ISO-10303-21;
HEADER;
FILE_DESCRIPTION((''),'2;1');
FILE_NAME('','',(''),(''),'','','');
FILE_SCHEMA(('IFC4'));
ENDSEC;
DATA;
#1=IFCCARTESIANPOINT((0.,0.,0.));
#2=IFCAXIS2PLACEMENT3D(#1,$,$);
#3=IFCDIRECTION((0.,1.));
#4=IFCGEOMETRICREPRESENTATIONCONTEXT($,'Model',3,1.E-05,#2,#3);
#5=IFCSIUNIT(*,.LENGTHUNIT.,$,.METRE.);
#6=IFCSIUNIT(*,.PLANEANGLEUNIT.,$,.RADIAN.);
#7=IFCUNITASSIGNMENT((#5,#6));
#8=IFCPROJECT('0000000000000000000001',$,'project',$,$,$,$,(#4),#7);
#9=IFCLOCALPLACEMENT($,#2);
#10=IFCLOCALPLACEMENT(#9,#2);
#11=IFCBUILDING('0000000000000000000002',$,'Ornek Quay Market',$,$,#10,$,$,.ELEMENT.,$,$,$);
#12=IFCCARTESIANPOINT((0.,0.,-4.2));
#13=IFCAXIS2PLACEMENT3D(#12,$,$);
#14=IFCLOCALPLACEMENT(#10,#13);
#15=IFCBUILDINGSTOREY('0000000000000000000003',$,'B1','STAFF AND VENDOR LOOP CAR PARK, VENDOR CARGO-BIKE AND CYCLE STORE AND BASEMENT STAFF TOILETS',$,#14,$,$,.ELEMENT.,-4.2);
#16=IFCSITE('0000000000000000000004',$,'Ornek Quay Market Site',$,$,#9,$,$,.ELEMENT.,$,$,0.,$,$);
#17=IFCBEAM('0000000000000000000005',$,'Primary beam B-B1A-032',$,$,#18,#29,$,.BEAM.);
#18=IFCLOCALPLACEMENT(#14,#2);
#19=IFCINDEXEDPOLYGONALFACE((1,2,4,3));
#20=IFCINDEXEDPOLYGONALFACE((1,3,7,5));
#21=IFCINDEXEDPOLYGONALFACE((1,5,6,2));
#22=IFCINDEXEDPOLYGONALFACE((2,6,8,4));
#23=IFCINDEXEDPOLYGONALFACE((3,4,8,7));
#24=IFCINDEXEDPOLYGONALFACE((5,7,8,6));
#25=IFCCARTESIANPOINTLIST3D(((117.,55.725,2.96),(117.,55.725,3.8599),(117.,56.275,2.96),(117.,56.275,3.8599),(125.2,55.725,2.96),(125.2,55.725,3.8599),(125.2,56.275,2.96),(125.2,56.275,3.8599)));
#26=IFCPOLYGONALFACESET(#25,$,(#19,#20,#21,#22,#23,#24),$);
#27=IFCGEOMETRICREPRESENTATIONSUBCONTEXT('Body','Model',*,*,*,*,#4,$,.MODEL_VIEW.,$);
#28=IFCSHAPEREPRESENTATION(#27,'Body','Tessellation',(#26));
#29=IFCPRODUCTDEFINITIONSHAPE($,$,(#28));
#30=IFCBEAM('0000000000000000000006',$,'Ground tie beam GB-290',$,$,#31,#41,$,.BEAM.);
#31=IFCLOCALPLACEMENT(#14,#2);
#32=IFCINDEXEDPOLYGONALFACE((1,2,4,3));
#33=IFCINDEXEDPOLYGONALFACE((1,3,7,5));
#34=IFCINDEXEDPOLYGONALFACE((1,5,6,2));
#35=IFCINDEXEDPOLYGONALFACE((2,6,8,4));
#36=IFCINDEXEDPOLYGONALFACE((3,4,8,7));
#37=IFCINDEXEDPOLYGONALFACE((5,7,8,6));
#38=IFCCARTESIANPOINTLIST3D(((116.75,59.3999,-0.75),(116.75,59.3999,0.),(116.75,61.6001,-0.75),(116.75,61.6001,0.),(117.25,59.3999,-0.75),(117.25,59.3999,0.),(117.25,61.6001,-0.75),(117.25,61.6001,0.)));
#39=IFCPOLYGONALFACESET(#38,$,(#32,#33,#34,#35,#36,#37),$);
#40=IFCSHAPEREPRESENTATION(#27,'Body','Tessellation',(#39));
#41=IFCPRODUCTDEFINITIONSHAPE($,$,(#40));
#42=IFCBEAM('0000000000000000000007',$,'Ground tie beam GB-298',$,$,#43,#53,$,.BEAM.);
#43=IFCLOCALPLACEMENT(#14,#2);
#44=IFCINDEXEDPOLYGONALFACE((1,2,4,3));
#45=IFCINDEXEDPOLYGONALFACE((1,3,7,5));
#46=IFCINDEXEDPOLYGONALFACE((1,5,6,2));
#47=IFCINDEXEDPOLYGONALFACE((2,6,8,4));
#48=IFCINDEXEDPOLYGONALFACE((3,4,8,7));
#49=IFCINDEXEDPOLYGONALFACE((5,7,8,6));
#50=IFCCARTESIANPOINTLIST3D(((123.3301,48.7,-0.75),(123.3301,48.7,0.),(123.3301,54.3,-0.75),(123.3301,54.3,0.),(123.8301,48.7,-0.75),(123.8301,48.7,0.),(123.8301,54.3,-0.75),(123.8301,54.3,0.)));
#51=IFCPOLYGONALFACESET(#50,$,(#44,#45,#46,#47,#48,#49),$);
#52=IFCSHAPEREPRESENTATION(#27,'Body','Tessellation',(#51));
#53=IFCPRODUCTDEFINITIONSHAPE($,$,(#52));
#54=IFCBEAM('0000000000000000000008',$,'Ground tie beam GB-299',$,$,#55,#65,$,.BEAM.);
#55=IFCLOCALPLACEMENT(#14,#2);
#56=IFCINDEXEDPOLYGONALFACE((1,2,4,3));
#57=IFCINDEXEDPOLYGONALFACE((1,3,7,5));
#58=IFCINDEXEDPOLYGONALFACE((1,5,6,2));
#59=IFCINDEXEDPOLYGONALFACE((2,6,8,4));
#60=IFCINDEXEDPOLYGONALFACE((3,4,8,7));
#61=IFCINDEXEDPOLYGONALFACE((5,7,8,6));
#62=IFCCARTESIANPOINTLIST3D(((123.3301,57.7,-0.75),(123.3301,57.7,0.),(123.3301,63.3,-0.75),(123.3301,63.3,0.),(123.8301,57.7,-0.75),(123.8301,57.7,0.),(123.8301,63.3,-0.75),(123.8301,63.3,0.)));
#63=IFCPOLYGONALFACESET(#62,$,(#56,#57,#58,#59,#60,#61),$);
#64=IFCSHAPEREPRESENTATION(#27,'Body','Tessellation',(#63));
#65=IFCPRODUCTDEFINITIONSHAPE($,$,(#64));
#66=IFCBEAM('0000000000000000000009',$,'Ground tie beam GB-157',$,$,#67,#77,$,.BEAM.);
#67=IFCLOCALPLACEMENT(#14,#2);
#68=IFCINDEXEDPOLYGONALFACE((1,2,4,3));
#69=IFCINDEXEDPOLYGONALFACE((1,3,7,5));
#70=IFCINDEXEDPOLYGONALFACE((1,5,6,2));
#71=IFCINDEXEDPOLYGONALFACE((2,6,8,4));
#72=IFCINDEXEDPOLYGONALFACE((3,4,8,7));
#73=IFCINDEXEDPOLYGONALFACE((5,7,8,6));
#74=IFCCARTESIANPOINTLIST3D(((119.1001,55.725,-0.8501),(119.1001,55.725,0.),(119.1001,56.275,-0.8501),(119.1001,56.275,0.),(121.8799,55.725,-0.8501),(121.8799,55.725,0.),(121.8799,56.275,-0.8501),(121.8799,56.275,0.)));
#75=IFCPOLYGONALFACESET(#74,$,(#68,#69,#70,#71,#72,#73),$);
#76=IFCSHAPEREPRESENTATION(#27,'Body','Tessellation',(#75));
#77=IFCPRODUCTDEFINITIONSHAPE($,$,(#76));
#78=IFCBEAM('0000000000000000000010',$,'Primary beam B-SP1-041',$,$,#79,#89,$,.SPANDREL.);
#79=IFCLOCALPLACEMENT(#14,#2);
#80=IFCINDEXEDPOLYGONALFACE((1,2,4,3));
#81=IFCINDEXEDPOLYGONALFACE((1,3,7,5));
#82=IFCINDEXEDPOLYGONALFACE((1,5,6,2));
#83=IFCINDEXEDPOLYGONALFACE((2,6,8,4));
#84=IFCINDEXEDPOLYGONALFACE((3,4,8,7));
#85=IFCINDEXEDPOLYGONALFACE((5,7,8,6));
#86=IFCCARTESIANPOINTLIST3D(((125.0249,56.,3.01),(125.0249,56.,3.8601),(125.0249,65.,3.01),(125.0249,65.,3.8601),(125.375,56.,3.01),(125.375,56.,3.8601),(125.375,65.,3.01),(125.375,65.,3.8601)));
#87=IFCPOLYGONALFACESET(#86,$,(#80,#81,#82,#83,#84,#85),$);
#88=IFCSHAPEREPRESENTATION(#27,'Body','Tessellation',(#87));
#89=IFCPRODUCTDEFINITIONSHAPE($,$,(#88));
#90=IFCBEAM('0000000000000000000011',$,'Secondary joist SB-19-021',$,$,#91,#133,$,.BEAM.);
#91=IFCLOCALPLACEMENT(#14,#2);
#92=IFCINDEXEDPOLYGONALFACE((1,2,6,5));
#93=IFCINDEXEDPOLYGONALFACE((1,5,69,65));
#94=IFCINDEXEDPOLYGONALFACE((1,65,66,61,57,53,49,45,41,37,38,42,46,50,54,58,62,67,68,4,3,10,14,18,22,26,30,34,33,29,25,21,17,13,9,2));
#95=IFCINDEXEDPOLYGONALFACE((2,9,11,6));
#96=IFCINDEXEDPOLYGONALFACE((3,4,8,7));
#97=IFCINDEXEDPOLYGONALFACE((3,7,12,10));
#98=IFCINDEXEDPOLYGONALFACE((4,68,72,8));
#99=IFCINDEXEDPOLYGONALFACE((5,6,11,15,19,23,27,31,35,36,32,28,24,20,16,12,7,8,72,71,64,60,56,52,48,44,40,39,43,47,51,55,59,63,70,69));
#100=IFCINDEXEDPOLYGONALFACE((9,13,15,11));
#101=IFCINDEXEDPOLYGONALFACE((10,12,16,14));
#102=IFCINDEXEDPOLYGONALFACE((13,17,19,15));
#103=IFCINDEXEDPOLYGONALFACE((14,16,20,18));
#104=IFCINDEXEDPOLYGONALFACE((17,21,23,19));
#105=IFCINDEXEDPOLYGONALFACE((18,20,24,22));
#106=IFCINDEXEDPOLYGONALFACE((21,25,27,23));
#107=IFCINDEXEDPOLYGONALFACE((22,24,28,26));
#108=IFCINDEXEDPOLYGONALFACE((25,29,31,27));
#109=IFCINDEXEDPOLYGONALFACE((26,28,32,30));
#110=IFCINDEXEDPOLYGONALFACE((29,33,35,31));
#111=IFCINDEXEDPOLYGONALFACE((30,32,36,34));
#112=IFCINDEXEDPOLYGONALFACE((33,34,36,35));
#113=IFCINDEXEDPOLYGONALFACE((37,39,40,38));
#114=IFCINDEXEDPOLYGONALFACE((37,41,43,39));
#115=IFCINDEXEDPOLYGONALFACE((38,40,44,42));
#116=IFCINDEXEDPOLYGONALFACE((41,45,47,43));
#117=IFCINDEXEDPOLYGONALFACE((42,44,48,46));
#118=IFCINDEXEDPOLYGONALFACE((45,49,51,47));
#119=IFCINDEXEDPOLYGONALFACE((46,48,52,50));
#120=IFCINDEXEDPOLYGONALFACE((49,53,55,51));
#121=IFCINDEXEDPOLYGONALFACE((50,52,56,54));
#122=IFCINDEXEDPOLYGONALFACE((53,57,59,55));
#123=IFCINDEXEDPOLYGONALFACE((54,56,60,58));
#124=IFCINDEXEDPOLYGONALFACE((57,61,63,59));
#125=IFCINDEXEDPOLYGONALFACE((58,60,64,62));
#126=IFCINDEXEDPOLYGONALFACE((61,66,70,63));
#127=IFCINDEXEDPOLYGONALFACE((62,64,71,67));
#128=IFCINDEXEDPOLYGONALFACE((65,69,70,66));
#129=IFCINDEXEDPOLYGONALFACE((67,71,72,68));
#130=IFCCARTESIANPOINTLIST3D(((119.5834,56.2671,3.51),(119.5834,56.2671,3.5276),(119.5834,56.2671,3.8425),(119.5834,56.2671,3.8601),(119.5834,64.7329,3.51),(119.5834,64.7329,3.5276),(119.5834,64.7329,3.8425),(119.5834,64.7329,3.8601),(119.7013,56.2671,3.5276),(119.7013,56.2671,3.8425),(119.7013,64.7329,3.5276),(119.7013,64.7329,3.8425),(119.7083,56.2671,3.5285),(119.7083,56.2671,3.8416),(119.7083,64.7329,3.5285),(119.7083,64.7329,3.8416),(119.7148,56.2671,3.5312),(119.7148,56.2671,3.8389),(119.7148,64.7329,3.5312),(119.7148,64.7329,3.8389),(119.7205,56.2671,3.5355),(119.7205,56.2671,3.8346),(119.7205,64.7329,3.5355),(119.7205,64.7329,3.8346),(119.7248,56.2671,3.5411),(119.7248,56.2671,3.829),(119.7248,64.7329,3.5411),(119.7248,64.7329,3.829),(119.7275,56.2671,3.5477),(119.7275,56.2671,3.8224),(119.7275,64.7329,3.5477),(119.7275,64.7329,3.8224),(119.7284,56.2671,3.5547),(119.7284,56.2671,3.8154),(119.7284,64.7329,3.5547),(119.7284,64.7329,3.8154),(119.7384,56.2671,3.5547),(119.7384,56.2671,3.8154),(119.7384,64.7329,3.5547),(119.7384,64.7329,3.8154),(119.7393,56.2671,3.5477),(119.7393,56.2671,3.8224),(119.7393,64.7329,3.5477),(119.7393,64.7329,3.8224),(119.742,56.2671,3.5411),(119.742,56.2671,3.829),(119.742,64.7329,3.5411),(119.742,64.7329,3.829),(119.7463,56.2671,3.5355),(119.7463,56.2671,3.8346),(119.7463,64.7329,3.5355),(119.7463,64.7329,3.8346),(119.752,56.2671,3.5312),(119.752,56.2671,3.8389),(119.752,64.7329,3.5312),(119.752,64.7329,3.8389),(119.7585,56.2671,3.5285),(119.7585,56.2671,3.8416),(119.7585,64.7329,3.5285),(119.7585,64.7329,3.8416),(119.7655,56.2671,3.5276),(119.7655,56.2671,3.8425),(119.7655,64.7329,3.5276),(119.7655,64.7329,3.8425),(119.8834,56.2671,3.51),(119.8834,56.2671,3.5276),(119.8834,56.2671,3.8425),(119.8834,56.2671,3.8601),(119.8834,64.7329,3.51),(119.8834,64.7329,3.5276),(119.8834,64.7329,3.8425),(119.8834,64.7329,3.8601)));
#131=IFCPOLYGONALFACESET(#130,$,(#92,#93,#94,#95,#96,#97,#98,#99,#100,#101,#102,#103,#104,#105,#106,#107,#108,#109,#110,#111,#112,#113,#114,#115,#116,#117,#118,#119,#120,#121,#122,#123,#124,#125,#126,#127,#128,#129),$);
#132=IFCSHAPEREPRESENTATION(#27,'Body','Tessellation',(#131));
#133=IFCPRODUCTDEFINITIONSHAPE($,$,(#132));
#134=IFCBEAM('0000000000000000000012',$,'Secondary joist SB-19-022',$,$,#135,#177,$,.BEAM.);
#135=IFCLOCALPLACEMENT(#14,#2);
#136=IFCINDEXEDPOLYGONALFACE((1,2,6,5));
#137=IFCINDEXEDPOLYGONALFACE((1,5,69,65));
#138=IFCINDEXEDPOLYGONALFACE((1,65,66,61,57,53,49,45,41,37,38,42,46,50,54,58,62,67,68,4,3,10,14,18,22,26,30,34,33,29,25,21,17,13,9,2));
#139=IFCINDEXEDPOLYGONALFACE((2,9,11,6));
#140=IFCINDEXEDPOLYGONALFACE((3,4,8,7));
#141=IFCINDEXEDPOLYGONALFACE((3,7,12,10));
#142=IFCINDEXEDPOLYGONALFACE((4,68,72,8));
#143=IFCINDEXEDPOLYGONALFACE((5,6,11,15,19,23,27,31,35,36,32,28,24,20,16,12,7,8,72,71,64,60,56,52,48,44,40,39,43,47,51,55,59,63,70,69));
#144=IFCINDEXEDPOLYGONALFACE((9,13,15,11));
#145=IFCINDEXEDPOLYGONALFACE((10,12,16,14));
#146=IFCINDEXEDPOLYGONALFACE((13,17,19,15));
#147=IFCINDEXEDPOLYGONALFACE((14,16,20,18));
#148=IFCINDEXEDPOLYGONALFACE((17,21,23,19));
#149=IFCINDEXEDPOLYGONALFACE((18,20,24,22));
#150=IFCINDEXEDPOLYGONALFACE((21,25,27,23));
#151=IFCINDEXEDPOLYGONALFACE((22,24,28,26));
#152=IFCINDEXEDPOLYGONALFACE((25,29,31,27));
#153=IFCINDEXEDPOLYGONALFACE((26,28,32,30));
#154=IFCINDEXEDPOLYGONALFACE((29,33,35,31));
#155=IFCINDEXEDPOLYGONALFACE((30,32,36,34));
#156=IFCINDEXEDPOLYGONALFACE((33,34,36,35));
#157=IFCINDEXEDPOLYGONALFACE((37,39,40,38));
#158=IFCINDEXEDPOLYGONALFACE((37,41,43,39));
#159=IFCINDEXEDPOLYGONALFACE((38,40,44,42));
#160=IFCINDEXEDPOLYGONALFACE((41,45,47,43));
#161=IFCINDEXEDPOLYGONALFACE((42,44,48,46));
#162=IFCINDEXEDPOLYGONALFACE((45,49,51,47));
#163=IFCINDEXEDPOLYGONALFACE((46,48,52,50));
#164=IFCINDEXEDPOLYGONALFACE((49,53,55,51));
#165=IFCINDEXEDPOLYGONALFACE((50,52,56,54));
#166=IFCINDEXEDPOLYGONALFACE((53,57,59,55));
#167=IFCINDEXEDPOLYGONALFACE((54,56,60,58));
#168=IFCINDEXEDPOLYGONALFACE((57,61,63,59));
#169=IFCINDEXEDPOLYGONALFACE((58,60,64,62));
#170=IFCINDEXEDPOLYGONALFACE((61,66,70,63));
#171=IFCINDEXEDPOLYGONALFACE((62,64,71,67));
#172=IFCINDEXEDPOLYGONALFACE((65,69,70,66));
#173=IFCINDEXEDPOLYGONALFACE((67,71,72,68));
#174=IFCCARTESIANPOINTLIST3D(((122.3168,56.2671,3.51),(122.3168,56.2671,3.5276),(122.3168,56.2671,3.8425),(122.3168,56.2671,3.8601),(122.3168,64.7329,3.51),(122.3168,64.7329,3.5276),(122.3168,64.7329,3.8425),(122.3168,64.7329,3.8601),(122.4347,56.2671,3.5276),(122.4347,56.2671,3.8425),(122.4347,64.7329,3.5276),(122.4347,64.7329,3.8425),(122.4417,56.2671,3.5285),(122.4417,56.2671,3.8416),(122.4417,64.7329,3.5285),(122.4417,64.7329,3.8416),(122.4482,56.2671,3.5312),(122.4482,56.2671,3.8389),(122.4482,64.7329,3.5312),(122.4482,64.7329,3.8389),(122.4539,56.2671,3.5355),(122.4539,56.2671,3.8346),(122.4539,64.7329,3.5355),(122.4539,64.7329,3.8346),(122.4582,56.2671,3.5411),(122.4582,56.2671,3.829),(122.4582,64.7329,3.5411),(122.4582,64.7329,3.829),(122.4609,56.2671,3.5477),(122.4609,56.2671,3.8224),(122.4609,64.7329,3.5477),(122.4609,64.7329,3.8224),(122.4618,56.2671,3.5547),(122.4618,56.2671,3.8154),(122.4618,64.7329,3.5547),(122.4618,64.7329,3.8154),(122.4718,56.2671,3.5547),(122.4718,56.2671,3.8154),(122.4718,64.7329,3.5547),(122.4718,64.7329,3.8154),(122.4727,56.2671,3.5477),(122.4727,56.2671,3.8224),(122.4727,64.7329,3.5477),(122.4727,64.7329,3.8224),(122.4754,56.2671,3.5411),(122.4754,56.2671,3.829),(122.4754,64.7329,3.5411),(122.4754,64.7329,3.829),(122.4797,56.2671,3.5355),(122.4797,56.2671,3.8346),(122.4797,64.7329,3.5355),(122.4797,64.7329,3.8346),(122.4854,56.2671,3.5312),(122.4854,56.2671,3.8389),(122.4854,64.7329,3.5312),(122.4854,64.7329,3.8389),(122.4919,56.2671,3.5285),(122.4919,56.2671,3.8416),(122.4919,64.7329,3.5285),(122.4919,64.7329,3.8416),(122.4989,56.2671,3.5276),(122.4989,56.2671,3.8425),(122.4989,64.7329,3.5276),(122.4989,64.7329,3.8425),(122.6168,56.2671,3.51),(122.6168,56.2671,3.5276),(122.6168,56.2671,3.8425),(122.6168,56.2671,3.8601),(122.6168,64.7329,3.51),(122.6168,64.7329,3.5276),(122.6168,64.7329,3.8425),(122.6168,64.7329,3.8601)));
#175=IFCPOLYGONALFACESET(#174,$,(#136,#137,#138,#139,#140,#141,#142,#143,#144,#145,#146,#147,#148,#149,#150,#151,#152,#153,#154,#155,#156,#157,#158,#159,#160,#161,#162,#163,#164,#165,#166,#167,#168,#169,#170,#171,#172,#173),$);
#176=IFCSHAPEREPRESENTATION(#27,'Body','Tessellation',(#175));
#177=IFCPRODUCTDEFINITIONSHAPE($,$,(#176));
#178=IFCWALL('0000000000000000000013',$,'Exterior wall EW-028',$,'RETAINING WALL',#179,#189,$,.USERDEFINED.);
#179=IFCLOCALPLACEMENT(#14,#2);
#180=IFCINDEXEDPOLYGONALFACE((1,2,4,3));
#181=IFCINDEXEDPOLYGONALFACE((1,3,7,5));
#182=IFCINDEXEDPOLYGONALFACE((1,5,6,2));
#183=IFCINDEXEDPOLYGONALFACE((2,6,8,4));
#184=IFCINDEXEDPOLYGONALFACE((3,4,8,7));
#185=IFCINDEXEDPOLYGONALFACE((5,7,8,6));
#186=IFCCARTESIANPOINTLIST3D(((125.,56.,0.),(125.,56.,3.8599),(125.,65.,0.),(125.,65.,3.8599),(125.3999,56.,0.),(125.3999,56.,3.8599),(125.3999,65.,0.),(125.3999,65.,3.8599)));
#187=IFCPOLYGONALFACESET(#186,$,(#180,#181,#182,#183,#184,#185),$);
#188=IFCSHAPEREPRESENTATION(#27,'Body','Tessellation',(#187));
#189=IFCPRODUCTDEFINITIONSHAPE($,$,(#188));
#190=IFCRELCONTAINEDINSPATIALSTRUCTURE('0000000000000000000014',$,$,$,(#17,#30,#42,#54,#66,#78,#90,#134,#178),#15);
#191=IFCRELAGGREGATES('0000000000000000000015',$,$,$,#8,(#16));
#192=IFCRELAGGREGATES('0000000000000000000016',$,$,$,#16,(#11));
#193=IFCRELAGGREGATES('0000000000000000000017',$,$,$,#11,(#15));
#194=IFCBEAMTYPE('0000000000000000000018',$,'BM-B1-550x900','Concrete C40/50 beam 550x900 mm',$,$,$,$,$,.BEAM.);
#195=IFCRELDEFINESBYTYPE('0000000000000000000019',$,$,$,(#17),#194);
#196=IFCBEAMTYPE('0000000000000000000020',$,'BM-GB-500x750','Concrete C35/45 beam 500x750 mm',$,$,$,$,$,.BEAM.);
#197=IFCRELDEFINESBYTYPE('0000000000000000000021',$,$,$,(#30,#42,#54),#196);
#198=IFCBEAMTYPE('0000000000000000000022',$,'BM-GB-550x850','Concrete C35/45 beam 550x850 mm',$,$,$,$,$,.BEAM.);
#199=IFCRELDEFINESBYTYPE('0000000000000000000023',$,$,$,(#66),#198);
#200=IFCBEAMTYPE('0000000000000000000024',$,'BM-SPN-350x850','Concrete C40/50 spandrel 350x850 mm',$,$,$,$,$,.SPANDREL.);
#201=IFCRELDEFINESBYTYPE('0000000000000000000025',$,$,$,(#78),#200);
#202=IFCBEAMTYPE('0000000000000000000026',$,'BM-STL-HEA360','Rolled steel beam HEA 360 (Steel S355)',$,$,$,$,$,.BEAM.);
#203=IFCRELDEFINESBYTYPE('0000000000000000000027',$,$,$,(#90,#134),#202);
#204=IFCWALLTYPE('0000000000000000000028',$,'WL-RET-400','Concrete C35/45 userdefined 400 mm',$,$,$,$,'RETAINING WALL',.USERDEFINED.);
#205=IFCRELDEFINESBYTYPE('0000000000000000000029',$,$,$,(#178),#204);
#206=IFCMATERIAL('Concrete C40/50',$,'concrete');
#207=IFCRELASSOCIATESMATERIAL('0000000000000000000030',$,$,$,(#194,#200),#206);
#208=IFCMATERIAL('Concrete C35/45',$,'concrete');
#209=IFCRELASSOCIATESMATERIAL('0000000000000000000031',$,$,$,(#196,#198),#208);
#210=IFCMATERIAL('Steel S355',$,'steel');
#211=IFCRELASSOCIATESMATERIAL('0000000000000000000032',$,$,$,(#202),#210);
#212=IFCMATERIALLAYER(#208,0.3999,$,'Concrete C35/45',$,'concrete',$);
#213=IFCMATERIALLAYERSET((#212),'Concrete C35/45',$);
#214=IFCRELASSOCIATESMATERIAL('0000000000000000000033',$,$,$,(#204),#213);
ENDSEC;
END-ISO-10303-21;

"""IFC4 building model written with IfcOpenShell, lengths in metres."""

from ifc_helpers import new_model, si_unit, direction, frame, frame_2d, origin, origin_2d, place, context, subcontext, project, spatial, rectangle, i_section, extrude, material, layer, layer_set, material_profile, profile_set, type_object, element, save


model = new_model("IFC4")

# Units and contexts
model_context = context("Model", 3, precision=1e-05, world=origin(), true_north=direction((0.0, 1.0)))
body_context = subcontext(model_context, "Body", "Model", "MODEL_VIEW")
ifc_project = project(units=[si_unit("LENGTHUNIT", "METRE"), si_unit("PLANEANGLEUNIT", "RADIAN")], contexts=[model_context])

# Site, building, storey
site_placement = place(None, origin())
site = spatial("IfcSite", under=ifc_project, at=site_placement, Name="Ornek Quay Market Site", CompositionType="ELEMENT", RefElevation=0.0)
building_placement = place(site_placement, origin())
building = spatial("IfcBuilding", under=site, at=building_placement, Name="Ornek Quay Market", CompositionType="ELEMENT")
storey_placement = place(building_placement, frame((0.0, 0.0, -4.2)))
storey = spatial("IfcBuildingStorey", under=building, at=storey_placement, Name="B1", Description="STAFF AND VENDOR LOOP CAR PARK, VENDOR CARGO-BIKE AND CYCLE STORE AND BASEMENT STAFF TOILETS", CompositionType="ELEMENT", Elevation=-4.2)

# Shared definitions
ifc_material_1 = material(Name="Concrete C35/45", Category="concrete")

# Shared definitions
ifc_material_2 = material(Name="Concrete C40/50", Category="concrete")

# Beams
ifc_material_profile_1 = material_profile(ifc_material_2, rectangle(XDim=0.55, YDim=0.8999, at=origin_2d()), Name="RC 550x900", Category="concrete")
ifc_profile_set_1 = profile_set([ifc_material_profile_1], Name="Concrete C40/50")
beam_type_1 = type_object("IfcBeamType", Name="BM-B1-550x900", Description="Concrete C40/50 beam 550x900 mm", PredefinedType="BEAM", material=ifc_profile_set_1)
beam_1_placement = place(storey_placement, frame((117.0, 56.0, 3.4099), z_axis=(1.0, 0.0, 0.0), x_axis=(0.0, 1.0, 0.0)))
element("IfcBeam", 1, at=beam_1_placement, inside=storey, type_object=beam_type_1, Name="Primary beam B-B1A-032", PredefinedType="BEAM", context=body_context, shape_type="SweptSolid", body=[
    extrude(rectangle(XDim=0.55, YDim=0.8999, at=origin_2d()), origin(), (0.0, 0.0, 1.0), 8.2),
])
ifc_material_profile_2 = material_profile(ifc_material_1, rectangle(XDim=0.5, YDim=0.75, at=origin_2d()), Name="RC 500x750", Category="concrete")
ifc_profile_set_2 = profile_set([ifc_material_profile_2], Name="Concrete C35/45")
beam_type_2 = type_object("IfcBeamType", Name="BM-GB-500x750", Description="Concrete C35/45 beam 500x750 mm", PredefinedType="BEAM", material=ifc_profile_set_2)
beam_2_placement = place(storey_placement, frame((117.0, 59.3999, -0.375), z_axis=(0.0, 1.0, 0.0), x_axis=(-1.0, 0.0, 0.0)))
element("IfcBeam", 2, at=beam_2_placement, inside=storey, type_object=beam_type_2, Name="Ground tie beam GB-290", PredefinedType="BEAM", context=body_context, shape_type="SweptSolid", body=[
    extrude(rectangle(XDim=0.5, YDim=0.75, at=origin_2d()), origin(), (0.0, 0.0, 1.0), 2.2002),
])
for number, where, z_axis, x_axis, name in (
    (3, (123.5801, 48.7, -0.375), (0.0, 1.0, 0.0), (-1.0, 0.0, 0.0), "Ground tie beam GB-298"),
    (4, (123.5801, 57.7, -0.375), (0.0, 1.0, 0.0), (-1.0, 0.0, 0.0), "Ground tie beam GB-299"),
):
    element("IfcBeam", number, at=place(storey_placement, frame(where, z_axis=z_axis, x_axis=x_axis)), inside=storey, type_object=beam_type_2, Name=name, PredefinedType="BEAM", context=body_context, shape_type="SweptSolid", body=[
        extrude(rectangle(XDim=0.5, YDim=0.75, at=origin_2d()), origin(), (0.0, 0.0, 1.0), 5.6001),
    ])
ifc_material_profile_3 = material_profile(ifc_material_1, rectangle(XDim=0.55, YDim=0.8501, at=origin_2d()), Name="RC 550x850", Category="concrete")
ifc_profile_set_3 = profile_set([ifc_material_profile_3], Name="Concrete C35/45")
beam_type_3 = type_object("IfcBeamType", Name="BM-GB-550x850", Description="Concrete C35/45 beam 550x850 mm", PredefinedType="BEAM", material=ifc_profile_set_3)
beam_3_placement = place(storey_placement, frame((119.1001, 56.0, -0.425), z_axis=(1.0, 0.0, 0.0), x_axis=(0.0, 1.0, 0.0)))
element("IfcBeam", 5, at=beam_3_placement, inside=storey, type_object=beam_type_3, Name="Ground tie beam GB-157", PredefinedType="BEAM", context=body_context, shape_type="SweptSolid", body=[
    extrude(rectangle(XDim=0.55, YDim=0.8501, at=origin_2d()), origin(), (0.0, 0.0, 1.0), 2.7798),
])
ifc_material_profile_4 = material_profile(ifc_material_2, rectangle(XDim=0.3501, YDim=0.8501, at=origin_2d()), Name="RC 350x850", Category="concrete")
ifc_profile_set_4 = profile_set([ifc_material_profile_4], Name="Concrete C40/50")
beam_type_4 = type_object("IfcBeamType", Name="BM-SPN-350x850", Description="Concrete C40/50 spandrel 350x850 mm", PredefinedType="SPANDREL", material=ifc_profile_set_4)
beam_4_placement = place(storey_placement, frame((125.2, 56.0, 3.4351), z_axis=(0.0, 1.0, 0.0), x_axis=(-1.0, 0.0, 0.0)))
element("IfcBeam", 6, at=beam_4_placement, inside=storey, type_object=beam_type_4, Name="Primary beam B-SP1-041", PredefinedType="SPANDREL", context=body_context, shape_type="SweptSolid", body=[
    extrude(rectangle(XDim=0.3501, YDim=0.8501, at=origin_2d()), origin(), (0.0, 0.0, 1.0), 9.0),
])
ifc_material_3 = material(Name="Steel S355", Category="steel")
ifc_material_profile_5 = material_profile(ifc_material_3, i_section(OverallWidth=0.3, OverallDepth=0.3501, WebThickness=0.01, FlangeThickness=0.0176, FilletRadius=0.0271, at=origin_2d()), Name="HEA 360", Category="steel")
ifc_profile_set_5 = profile_set([ifc_material_profile_5], Name="Steel S355")
beam_type_5 = type_object("IfcBeamType", Name="BM-STL-HEA360", Description="Rolled steel beam HEA 360 (Steel S355)", PredefinedType="BEAM", material=ifc_profile_set_5)
for number, where, z_axis, x_axis, name in (
    (7, (119.7334, 56.2671, 3.6851), (0.0, 1.0, 0.0), (-1.0, 0.0, 0.0), "Secondary joist SB-19-021"),
    (8, (122.4668, 56.2671, 3.6851), (0.0, 1.0, 0.0), (-1.0, 0.0, 0.0), "Secondary joist SB-19-022"),
):
    element("IfcBeam", number, at=place(storey_placement, frame(where, z_axis=z_axis, x_axis=x_axis)), inside=storey, type_object=beam_type_5, Name=name, PredefinedType="BEAM", context=body_context, shape_type="SweptSolid", body=[
        extrude(i_section(OverallWidth=0.3, OverallDepth=0.3501, WebThickness=0.01, FlangeThickness=0.0176, FilletRadius=0.0271, at=origin_2d()), origin(), (0.0, 0.0, 1.0), 8.4658),
    ])

# Wall
ifc_layer = layer(ifc_material_1, 0.3999, Name="Concrete C35/45", Category="concrete")
ifc_layer_set = layer_set([ifc_layer], Name="Concrete C35/45")
wall_type = type_object("IfcWallType", Name="WL-RET-400", Description="Concrete C35/45 userdefined 400 mm", ElementType="RETAINING WALL", PredefinedType="USERDEFINED", material=ifc_layer_set)
wall_placement = place(storey_placement, frame((125.2, 56.0, 0.0), z_axis=(0.0, 0.0, 1.0), x_axis=(0.0, 1.0, 0.0)))
element("IfcWall", 9, at=wall_placement, inside=storey, type_object=wall_type, Name="Exterior wall EW-028", ObjectType="RETAINING WALL", PredefinedType="USERDEFINED", context=body_context, shape_type="SweptSolid", body=[
    extrude(rectangle(XDim=9.0, YDim=0.3999, at=frame_2d((4.5, 0.0))), origin(), (0.0, 0.0, 1.0), 3.8599),
])

save(model, "model.ifc")
